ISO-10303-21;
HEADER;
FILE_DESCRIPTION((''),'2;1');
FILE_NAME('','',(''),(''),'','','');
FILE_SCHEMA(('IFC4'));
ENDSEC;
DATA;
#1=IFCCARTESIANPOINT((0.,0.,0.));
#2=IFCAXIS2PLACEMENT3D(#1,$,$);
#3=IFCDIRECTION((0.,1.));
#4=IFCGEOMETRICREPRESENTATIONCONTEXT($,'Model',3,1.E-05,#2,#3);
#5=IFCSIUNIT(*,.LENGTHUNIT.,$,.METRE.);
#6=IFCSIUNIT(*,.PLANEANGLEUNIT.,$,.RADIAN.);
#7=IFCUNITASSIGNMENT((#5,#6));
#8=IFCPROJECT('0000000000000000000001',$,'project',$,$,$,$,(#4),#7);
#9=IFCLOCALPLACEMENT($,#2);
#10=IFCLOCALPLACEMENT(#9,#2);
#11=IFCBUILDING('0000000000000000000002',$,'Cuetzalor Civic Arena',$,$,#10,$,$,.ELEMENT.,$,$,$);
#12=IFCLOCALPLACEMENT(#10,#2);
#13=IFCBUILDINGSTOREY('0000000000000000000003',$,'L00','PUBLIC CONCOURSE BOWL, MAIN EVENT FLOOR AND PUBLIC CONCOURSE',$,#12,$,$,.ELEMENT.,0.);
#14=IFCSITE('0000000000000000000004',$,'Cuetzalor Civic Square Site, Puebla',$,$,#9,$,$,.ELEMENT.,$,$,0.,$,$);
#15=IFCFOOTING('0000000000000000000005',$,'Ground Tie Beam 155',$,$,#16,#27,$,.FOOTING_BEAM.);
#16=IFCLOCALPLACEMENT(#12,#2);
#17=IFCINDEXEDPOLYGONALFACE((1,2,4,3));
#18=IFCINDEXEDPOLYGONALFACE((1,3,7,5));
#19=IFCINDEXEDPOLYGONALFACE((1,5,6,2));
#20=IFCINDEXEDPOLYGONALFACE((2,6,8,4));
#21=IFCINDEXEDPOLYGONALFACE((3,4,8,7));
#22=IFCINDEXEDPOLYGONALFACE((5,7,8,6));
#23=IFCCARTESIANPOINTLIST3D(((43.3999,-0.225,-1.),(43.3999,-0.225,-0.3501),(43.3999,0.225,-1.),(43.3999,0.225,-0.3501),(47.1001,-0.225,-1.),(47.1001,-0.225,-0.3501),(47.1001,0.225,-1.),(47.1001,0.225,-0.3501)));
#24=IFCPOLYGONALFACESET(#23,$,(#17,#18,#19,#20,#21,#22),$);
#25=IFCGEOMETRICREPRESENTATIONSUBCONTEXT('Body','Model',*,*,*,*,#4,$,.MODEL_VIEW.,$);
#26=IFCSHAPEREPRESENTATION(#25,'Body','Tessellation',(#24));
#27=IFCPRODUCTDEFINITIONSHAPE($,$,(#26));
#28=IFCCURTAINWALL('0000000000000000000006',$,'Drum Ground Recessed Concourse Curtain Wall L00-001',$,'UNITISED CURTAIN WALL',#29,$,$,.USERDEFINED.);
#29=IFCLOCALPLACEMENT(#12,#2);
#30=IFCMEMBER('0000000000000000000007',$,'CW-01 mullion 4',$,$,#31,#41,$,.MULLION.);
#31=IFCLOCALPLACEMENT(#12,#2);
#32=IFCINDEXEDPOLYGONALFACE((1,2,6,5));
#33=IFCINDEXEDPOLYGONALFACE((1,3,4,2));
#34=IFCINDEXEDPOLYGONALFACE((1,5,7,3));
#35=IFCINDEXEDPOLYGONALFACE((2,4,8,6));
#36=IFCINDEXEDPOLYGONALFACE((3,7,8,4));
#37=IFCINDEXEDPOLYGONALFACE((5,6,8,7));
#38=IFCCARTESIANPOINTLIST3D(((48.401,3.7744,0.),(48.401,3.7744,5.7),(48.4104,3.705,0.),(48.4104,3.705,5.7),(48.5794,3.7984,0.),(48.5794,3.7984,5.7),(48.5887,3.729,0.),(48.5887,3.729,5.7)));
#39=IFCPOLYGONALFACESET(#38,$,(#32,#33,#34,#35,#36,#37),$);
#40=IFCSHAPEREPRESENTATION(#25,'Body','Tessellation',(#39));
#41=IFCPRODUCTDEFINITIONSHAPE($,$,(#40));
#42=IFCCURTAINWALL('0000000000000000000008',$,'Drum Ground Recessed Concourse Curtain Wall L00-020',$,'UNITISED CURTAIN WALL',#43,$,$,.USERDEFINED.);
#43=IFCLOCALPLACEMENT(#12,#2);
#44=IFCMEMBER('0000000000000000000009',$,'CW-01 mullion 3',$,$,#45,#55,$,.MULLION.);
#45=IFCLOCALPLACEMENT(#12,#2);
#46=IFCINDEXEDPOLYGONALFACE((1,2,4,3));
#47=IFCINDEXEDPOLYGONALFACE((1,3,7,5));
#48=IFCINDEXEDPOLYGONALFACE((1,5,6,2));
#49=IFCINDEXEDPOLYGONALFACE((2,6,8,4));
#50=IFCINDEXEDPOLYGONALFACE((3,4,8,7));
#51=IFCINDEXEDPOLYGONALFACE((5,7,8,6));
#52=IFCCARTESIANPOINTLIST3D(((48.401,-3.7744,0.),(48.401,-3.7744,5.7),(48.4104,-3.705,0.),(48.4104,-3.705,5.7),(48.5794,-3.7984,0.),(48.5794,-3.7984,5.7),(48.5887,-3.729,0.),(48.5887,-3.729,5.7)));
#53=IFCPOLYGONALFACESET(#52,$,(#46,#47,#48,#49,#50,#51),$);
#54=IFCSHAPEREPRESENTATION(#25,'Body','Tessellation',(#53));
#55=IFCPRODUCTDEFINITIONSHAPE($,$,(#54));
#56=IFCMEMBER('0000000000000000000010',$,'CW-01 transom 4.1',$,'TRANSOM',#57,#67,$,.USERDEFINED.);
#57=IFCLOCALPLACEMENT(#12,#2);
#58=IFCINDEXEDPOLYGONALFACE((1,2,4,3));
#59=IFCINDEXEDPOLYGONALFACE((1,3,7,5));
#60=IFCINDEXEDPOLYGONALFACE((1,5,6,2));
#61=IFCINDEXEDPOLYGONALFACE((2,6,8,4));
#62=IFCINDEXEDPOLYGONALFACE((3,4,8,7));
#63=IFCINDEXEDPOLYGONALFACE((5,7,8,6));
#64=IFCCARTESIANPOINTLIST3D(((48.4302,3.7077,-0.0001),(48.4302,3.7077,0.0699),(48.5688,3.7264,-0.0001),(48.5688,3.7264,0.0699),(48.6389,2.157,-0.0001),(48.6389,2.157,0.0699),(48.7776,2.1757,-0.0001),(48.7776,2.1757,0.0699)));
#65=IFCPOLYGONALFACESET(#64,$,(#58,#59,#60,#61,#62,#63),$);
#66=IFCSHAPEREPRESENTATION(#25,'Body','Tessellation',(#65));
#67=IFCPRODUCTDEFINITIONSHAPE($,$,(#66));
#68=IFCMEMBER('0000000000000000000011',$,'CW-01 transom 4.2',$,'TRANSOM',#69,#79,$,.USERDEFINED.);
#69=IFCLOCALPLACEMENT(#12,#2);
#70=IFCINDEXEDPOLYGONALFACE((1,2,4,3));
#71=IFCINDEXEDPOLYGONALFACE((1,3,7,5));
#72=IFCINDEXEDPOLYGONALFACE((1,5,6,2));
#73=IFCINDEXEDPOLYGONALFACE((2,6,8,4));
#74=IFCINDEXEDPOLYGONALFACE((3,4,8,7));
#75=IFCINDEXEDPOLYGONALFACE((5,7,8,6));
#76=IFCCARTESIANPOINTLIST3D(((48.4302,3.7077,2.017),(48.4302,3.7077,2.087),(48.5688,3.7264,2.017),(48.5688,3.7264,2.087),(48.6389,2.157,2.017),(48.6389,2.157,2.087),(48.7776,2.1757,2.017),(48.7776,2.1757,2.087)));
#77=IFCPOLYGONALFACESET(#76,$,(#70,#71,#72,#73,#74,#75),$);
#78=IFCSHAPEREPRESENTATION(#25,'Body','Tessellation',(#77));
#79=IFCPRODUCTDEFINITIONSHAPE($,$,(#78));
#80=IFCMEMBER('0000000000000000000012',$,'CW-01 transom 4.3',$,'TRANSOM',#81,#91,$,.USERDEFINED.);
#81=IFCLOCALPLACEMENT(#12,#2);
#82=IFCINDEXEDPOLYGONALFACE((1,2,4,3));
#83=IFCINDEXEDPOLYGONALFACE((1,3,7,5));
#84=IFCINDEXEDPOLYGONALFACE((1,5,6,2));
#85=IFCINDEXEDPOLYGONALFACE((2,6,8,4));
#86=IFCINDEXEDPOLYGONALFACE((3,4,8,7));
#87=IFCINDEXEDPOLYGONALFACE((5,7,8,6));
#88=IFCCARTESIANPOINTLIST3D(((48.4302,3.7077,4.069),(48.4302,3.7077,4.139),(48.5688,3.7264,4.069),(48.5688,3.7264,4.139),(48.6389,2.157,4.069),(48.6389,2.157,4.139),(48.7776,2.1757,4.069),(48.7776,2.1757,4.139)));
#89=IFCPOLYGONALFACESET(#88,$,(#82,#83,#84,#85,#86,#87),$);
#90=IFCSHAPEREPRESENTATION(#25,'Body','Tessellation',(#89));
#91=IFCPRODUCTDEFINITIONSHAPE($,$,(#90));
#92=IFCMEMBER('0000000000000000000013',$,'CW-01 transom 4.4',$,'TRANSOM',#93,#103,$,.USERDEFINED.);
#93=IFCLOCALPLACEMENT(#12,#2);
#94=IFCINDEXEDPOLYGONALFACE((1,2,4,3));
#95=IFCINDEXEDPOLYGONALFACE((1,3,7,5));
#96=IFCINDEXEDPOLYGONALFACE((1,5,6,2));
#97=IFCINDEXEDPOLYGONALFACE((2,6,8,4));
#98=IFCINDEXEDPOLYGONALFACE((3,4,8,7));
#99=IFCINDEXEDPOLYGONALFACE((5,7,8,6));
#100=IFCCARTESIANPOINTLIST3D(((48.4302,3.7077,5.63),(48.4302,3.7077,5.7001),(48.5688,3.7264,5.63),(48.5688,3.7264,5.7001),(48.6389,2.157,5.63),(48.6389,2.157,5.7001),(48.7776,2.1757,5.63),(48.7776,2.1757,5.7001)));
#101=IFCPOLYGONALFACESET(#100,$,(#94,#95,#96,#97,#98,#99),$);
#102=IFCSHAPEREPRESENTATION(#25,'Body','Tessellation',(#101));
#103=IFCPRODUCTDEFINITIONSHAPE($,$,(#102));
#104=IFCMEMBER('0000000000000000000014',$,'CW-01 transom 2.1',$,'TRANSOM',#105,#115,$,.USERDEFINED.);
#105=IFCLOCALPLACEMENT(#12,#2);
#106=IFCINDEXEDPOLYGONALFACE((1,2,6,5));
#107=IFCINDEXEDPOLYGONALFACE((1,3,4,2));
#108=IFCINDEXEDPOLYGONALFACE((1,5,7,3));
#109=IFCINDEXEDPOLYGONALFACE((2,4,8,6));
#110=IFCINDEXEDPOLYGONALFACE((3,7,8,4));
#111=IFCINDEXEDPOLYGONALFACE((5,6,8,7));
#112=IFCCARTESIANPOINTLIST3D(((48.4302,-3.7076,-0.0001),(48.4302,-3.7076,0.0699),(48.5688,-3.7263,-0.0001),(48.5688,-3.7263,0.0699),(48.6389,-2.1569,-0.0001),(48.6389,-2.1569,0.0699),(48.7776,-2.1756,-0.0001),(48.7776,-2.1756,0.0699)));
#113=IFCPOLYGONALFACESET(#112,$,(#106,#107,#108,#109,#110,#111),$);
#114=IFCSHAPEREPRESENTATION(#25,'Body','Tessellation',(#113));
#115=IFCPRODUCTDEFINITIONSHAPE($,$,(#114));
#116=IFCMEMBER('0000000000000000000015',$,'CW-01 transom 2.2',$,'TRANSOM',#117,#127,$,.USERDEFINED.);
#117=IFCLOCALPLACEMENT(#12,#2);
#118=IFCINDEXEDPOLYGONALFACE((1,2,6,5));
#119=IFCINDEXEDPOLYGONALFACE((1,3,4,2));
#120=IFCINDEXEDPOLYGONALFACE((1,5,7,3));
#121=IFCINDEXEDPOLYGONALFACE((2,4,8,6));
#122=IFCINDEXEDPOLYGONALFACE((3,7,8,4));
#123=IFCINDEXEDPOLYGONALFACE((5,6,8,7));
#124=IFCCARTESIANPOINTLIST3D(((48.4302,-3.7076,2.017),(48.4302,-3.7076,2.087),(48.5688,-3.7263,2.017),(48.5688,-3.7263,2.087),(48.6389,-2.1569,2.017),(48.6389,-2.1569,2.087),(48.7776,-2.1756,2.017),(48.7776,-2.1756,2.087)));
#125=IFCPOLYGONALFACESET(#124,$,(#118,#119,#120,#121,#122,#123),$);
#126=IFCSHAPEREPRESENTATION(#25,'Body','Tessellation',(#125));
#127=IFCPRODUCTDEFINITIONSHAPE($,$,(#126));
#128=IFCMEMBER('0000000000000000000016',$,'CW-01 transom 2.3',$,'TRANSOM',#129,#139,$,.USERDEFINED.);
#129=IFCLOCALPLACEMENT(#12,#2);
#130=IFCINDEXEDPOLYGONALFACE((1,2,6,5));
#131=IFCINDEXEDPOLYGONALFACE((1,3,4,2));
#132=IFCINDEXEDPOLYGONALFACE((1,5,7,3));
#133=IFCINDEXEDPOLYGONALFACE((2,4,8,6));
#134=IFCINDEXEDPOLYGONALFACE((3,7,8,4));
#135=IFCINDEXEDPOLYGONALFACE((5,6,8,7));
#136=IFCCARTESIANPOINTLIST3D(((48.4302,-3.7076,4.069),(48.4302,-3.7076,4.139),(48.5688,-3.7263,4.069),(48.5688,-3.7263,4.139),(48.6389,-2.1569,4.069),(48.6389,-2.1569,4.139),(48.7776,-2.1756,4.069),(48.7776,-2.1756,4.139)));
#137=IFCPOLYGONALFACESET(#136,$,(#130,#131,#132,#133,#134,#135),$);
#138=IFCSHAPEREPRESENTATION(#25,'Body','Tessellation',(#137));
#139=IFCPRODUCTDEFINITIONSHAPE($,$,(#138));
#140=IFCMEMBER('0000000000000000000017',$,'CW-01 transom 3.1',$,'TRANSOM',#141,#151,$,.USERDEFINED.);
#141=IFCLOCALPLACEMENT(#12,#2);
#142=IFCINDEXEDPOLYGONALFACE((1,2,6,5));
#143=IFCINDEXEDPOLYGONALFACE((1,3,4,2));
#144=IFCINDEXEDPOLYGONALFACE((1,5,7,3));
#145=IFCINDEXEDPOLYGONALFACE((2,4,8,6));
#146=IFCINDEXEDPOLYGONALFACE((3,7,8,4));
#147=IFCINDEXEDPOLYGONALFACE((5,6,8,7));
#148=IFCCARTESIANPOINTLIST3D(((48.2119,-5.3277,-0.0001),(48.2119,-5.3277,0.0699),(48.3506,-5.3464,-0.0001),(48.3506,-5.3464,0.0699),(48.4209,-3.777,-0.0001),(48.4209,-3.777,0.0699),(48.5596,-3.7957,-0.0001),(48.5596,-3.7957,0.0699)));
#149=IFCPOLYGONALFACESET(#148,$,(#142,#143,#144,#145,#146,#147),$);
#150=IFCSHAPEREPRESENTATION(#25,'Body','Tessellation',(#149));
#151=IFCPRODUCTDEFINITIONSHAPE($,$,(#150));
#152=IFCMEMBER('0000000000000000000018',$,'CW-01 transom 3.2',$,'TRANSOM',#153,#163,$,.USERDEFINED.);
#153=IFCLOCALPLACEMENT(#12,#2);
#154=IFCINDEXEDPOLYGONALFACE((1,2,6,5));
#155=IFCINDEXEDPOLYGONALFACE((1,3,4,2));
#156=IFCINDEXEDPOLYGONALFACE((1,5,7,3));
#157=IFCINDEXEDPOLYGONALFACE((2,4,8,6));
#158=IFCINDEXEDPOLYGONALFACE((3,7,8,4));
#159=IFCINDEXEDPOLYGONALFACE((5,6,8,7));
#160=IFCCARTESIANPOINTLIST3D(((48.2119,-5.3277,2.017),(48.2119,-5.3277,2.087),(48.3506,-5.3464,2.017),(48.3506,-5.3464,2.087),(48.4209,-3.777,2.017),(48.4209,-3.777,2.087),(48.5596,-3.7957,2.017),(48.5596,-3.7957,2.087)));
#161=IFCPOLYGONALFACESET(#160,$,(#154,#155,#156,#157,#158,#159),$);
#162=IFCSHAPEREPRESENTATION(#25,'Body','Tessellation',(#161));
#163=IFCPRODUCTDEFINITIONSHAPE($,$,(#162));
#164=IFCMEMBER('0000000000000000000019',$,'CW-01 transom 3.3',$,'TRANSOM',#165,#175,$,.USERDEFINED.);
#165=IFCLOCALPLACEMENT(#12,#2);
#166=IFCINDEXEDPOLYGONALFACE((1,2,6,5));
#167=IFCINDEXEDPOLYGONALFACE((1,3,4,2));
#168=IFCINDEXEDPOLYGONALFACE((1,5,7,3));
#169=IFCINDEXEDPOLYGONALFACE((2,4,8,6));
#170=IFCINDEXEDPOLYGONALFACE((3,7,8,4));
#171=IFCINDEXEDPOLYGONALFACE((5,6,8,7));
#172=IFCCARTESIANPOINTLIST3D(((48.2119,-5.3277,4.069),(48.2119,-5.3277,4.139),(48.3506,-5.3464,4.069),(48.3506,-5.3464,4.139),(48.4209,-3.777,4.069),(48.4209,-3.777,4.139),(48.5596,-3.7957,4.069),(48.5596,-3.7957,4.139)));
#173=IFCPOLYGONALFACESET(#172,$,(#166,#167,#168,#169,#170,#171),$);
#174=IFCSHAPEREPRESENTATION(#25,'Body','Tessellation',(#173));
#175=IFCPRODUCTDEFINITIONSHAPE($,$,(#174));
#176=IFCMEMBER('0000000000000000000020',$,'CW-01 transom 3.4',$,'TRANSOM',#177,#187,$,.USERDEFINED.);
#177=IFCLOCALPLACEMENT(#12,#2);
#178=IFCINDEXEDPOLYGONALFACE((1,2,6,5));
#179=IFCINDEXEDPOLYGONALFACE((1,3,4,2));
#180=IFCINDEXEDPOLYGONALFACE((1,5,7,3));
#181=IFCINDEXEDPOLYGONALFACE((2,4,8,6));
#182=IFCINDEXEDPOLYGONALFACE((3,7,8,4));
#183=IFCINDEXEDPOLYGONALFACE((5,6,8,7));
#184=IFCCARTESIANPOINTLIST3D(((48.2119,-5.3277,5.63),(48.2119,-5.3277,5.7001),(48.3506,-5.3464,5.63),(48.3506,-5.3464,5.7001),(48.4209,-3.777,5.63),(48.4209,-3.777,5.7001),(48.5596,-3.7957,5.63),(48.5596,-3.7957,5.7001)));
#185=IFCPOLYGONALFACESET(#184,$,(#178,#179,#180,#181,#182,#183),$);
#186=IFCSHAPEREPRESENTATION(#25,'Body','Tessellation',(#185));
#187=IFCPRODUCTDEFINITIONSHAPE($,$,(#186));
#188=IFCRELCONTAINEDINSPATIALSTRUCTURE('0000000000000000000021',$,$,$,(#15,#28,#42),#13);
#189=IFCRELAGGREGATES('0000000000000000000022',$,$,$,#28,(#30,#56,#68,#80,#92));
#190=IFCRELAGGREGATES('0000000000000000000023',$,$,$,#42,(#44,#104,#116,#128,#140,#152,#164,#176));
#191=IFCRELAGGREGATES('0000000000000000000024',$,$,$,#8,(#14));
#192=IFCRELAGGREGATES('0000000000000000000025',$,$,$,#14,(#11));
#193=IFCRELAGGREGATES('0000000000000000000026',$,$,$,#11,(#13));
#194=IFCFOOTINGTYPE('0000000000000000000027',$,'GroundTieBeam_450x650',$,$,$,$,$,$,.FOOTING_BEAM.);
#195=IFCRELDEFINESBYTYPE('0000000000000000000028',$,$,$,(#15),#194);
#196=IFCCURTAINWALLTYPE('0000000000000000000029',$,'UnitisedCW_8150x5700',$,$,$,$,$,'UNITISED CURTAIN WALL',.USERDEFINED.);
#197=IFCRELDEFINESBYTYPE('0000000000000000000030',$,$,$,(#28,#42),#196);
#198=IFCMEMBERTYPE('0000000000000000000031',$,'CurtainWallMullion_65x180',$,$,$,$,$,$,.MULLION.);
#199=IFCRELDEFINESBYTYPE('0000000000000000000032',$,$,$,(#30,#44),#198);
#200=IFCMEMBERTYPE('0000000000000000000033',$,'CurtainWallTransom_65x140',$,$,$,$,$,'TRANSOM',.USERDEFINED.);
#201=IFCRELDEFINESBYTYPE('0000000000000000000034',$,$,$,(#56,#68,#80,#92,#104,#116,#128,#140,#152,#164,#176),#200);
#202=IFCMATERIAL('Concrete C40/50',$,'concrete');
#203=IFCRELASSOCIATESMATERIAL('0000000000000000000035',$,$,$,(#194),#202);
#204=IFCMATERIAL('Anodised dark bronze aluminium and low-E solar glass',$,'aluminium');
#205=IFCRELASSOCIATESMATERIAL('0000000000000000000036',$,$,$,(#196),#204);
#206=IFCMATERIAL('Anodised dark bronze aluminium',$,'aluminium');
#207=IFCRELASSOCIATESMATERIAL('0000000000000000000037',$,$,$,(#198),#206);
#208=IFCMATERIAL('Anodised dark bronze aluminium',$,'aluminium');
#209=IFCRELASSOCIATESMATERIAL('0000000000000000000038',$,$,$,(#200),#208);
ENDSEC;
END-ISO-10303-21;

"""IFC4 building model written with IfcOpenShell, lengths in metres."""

from ifc_helpers import new_model, si_unit, direction, frame, origin, origin_2d, place, context, subcontext, project, spatial, rectangle, extrude, material, material_profile, profile_set, type_object, element, aggregate, save


model = new_model("IFC4")

# Units and contexts
model_context = context("Model", 3, precision=1e-05, world=origin(), true_north=direction((0.0, 1.0)))
body_context = subcontext(model_context, "Body", "Model", "MODEL_VIEW")
ifc_project = project(units=[si_unit("LENGTHUNIT", "METRE"), si_unit("PLANEANGLEUNIT", "RADIAN")], contexts=[model_context])

# Site, building, storey
site_placement = place(None, origin())
site = spatial("IfcSite", under=ifc_project, at=site_placement, Name="Cuetzalor Civic Square Site, Puebla", CompositionType="ELEMENT", RefElevation=0.0)
building_placement = place(site_placement, origin())
building = spatial("IfcBuilding", under=site, at=building_placement, Name="Cuetzalor Civic Arena", CompositionType="ELEMENT")
storey_placement = place(building_placement, origin())
storey = spatial("IfcBuildingStorey", under=building, at=storey_placement, Name="L00", Description="PUBLIC CONCOURSE BOWL, MAIN EVENT FLOOR AND PUBLIC CONCOURSE", CompositionType="ELEMENT", Elevation=0.0)

# Footing
ifc_material_1 = material(Name="Concrete C40/50", Category="concrete")
ifc_material_profile_1 = material_profile(ifc_material_1, rectangle(XDim=0.45, YDim=0.6499, at=origin_2d()), Name="RC 450x650")
ifc_profile_set_1 = profile_set([ifc_material_profile_1], Name="Concrete C40/50")
footing_type = type_object("IfcFootingType", Name="GroundTieBeam_450x650", PredefinedType="FOOTING_BEAM", material=ifc_profile_set_1)
footing_placement = place(storey_placement, frame((43.3999, 0.0, -0.675), z_axis=(1.0, 0.0, 0.0), x_axis=(0.0, 1.0, 0.0)))
element("IfcFooting", 1, at=footing_placement, inside=storey, type_object=footing_type, Name="Ground Tie Beam 155", PredefinedType="FOOTING_BEAM", context=body_context, shape_type="SweptSolid", body=[
    extrude(rectangle(XDim=0.45, YDim=0.6499, at=origin_2d()), origin(), (0.0, 0.0, 1.0), 3.7002),
])

# Curtain walls, members
ifc_material_2 = material(Name="Anodised dark bronze aluminium and low-E solar glass", Category="aluminium")
curtain_wall_type = type_object("IfcCurtainWallType", Name="UnitisedCW_8150x5700", ElementType="UNITISED CURTAIN WALL", PredefinedType="USERDEFINED", material=ifc_material_2)
curtain_wall_1_placement = place(storey_placement, origin())
curtain_wall_1 = element("IfcCurtainWall", 2, at=curtain_wall_1_placement, inside=storey, type_object=curtain_wall_type, Name="Drum Ground Recessed Concourse Curtain Wall L00-001", ObjectType="UNITISED CURTAIN WALL", PredefinedType="USERDEFINED")
ifc_material_3 = material(Name="Anodised dark bronze aluminium", Category="aluminium")
ifc_material_profile_2 = material_profile(ifc_material_3, rectangle(XDim=0.0701, YDim=0.1799, at=origin_2d()), Name="ALU MULLION 70x180")
ifc_profile_set_2 = profile_set([ifc_material_profile_2], Name="Anodised dark bronze aluminium")
member_type_1 = type_object("IfcMemberType", Name="CurtainWallMullion_65x180", PredefinedType="MULLION", material=ifc_profile_set_2)
member_1_placement = place(storey_placement, frame((48.4949, 3.7517, 0.0), z_axis=(0.0, 0.0, 1.0), x_axis=(0.133443, -0.991056, 0.0)))
member_1 = element("IfcMember", 3, at=member_1_placement, type_object=member_type_1, Name="CW-01 mullion 4", PredefinedType="MULLION", context=body_context, shape_type="SweptSolid", body=[
    extrude(rectangle(XDim=0.0701, YDim=0.1799, at=origin_2d()), origin(), (0.0, 0.0, 1.0), 5.7),
])
curtain_wall_2_placement = place(storey_placement, origin())
curtain_wall_2 = element("IfcCurtainWall", 4, at=curtain_wall_2_placement, inside=storey, type_object=curtain_wall_type, Name="Drum Ground Recessed Concourse Curtain Wall L00-020", ObjectType="UNITISED CURTAIN WALL", PredefinedType="USERDEFINED")
member_2_placement = place(storey_placement, frame((48.4949, -3.7517, 0.0), z_axis=(0.0, 0.0, 1.0), x_axis=(-0.133443, -0.991056, 0.0)))
member_2 = element("IfcMember", 5, at=member_2_placement, type_object=member_type_1, Name="CW-01 mullion 3", PredefinedType="MULLION", context=body_context, shape_type="SweptSolid", body=[
    extrude(rectangle(XDim=0.0701, YDim=0.1799, at=origin_2d()), origin(), (0.0, 0.0, 1.0), 5.7),
])

# Members
ifc_material_4 = material(Name="Anodised dark bronze aluminium", Category="aluminium")
ifc_material_profile_3 = material_profile(ifc_material_4, rectangle(XDim=0.1399, YDim=0.0701, at=origin_2d()), Name="ALU TRANSOM 70x140")
ifc_profile_set_3 = profile_set([ifc_material_profile_3], Name="Anodised dark bronze aluminium")
member_type_2 = type_object("IfcMemberType", Name="CurtainWallTransom_65x140", ElementType="TRANSOM", PredefinedType="USERDEFINED", material=ifc_profile_set_3)
member_3_placement = place(storey_placement, frame((48.4995, 3.717, 0.0349), z_axis=(0.1334, -0.991062, 0.0), x_axis=(0.991062, 0.1334, 0.0)))
member_3 = element("IfcMember", 6, at=member_3_placement, type_object=member_type_2, Name="CW-01 transom 4.1", ObjectType="TRANSOM", PredefinedType="USERDEFINED", context=body_context, shape_type="SweptSolid", body=[
    extrude(rectangle(XDim=0.1399, YDim=0.0701, at=origin_2d()), origin(), (0.0, 0.0, 1.0), 1.5647),
])
member_4_placement = place(storey_placement, frame((48.4995, 3.717, 2.052), z_axis=(0.1334, -0.991062, 0.0), x_axis=(0.991062, 0.1334, 0.0)))
member_4 = element("IfcMember", 7, at=member_4_placement, type_object=member_type_2, Name="CW-01 transom 4.2", ObjectType="TRANSOM", PredefinedType="USERDEFINED", context=body_context, shape_type="SweptSolid", body=[
    extrude(rectangle(XDim=0.1399, YDim=0.0701, at=origin_2d()), origin(), (0.0, 0.0, 1.0), 1.5647),
])
member_5_placement = place(storey_placement, frame((48.4995, 3.717, 4.104), z_axis=(0.1334, -0.991062, 0.0), x_axis=(0.991062, 0.1334, 0.0)))
member_5 = element("IfcMember", 8, at=member_5_placement, type_object=member_type_2, Name="CW-01 transom 4.3", ObjectType="TRANSOM", PredefinedType="USERDEFINED", context=body_context, shape_type="SweptSolid", body=[
    extrude(rectangle(XDim=0.1399, YDim=0.0701, at=origin_2d()), origin(), (0.0, 0.0, 1.0), 1.5647),
])
member_6_placement = place(storey_placement, frame((48.4995, 3.717, 5.665), z_axis=(0.1334, -0.991062, 0.0), x_axis=(0.991062, 0.1334, 0.0)))
member_6 = element("IfcMember", 9, at=member_6_placement, type_object=member_type_2, Name="CW-01 transom 4.4", ObjectType="TRANSOM", PredefinedType="USERDEFINED", context=body_context, shape_type="SweptSolid", body=[
    extrude(rectangle(XDim=0.1399, YDim=0.0701, at=origin_2d()), origin(), (0.0, 0.0, 1.0), 1.5647),
])
member_7_placement = place(storey_placement, frame((48.7083, -2.1663, 0.0349), z_axis=(-0.1334, -0.991062, 0.0), x_axis=(0.991062, -0.1334, 0.0)))
member_7 = element("IfcMember", 10, at=member_7_placement, type_object=member_type_2, Name="CW-01 transom 2.1", ObjectType="TRANSOM", PredefinedType="USERDEFINED", context=body_context, shape_type="SweptSolid", body=[
    extrude(rectangle(XDim=0.1399, YDim=0.0701, at=origin_2d()), origin(), (0.0, 0.0, 1.0), 1.5647),
])
member_8_placement = place(storey_placement, frame((48.7083, -2.1663, 2.052), z_axis=(-0.1334, -0.991062, 0.0), x_axis=(0.991062, -0.1334, 0.0)))
member_8 = element("IfcMember", 11, at=member_8_placement, type_object=member_type_2, Name="CW-01 transom 2.2", ObjectType="TRANSOM", PredefinedType="USERDEFINED", context=body_context, shape_type="SweptSolid", body=[
    extrude(rectangle(XDim=0.1399, YDim=0.0701, at=origin_2d()), origin(), (0.0, 0.0, 1.0), 1.5647),
])
member_9_placement = place(storey_placement, frame((48.7083, -2.1663, 4.104), z_axis=(-0.1334, -0.991062, 0.0), x_axis=(0.991062, -0.1334, 0.0)))
member_9 = element("IfcMember", 12, at=member_9_placement, type_object=member_type_2, Name="CW-01 transom 2.3", ObjectType="TRANSOM", PredefinedType="USERDEFINED", context=body_context, shape_type="SweptSolid", body=[
    extrude(rectangle(XDim=0.1399, YDim=0.0701, at=origin_2d()), origin(), (0.0, 0.0, 1.0), 1.5647),
])
member_10_placement = place(storey_placement, frame((48.4902, -3.7864, 0.0349), z_axis=(-0.133553, -0.991042, 0.0), x_axis=(0.991042, -0.133553, 0.0)))
member_10 = element("IfcMember", 13, at=member_10_placement, type_object=member_type_2, Name="CW-01 transom 3.1", ObjectType="TRANSOM", PredefinedType="USERDEFINED", context=body_context, shape_type="SweptSolid", body=[
    extrude(rectangle(XDim=0.1399, YDim=0.0701, at=origin_2d()), origin(), (0.0, 0.0, 1.0), 1.5647),
])
member_11_placement = place(storey_placement, frame((48.4902, -3.7864, 2.052), z_axis=(-0.133553, -0.991042, 0.0), x_axis=(0.991042, -0.133553, 0.0)))
member_11 = element("IfcMember", 14, at=member_11_placement, type_object=member_type_2, Name="CW-01 transom 3.2", ObjectType="TRANSOM", PredefinedType="USERDEFINED", context=body_context, shape_type="SweptSolid", body=[
    extrude(rectangle(XDim=0.1399, YDim=0.0701, at=origin_2d()), origin(), (0.0, 0.0, 1.0), 1.5647),
])
member_12_placement = place(storey_placement, frame((48.4902, -3.7864, 4.104), z_axis=(-0.133553, -0.991042, 0.0), x_axis=(0.991042, -0.133553, 0.0)))
member_12 = element("IfcMember", 15, at=member_12_placement, type_object=member_type_2, Name="CW-01 transom 3.3", ObjectType="TRANSOM", PredefinedType="USERDEFINED", context=body_context, shape_type="SweptSolid", body=[
    extrude(rectangle(XDim=0.1399, YDim=0.0701, at=origin_2d()), origin(), (0.0, 0.0, 1.0), 1.5647),
])
member_13_placement = place(storey_placement, frame((48.4902, -3.7864, 5.665), z_axis=(-0.133553, -0.991042, 0.0), x_axis=(0.991042, -0.133553, 0.0)))
member_13 = element("IfcMember", 16, at=member_13_placement, type_object=member_type_2, Name="CW-01 transom 3.4", ObjectType="TRANSOM", PredefinedType="USERDEFINED", context=body_context, shape_type="SweptSolid", body=[
    extrude(rectangle(XDim=0.1399, YDim=0.0701, at=origin_2d()), origin(), (0.0, 0.0, 1.0), 1.5647),
])

aggregate(curtain_wall_1, [member_1, member_3, member_4, member_5, member_6])
aggregate(curtain_wall_2, [member_2, member_7, member_8, member_9, member_10, member_11, member_12, member_13])

save(model, "model.ifc")
